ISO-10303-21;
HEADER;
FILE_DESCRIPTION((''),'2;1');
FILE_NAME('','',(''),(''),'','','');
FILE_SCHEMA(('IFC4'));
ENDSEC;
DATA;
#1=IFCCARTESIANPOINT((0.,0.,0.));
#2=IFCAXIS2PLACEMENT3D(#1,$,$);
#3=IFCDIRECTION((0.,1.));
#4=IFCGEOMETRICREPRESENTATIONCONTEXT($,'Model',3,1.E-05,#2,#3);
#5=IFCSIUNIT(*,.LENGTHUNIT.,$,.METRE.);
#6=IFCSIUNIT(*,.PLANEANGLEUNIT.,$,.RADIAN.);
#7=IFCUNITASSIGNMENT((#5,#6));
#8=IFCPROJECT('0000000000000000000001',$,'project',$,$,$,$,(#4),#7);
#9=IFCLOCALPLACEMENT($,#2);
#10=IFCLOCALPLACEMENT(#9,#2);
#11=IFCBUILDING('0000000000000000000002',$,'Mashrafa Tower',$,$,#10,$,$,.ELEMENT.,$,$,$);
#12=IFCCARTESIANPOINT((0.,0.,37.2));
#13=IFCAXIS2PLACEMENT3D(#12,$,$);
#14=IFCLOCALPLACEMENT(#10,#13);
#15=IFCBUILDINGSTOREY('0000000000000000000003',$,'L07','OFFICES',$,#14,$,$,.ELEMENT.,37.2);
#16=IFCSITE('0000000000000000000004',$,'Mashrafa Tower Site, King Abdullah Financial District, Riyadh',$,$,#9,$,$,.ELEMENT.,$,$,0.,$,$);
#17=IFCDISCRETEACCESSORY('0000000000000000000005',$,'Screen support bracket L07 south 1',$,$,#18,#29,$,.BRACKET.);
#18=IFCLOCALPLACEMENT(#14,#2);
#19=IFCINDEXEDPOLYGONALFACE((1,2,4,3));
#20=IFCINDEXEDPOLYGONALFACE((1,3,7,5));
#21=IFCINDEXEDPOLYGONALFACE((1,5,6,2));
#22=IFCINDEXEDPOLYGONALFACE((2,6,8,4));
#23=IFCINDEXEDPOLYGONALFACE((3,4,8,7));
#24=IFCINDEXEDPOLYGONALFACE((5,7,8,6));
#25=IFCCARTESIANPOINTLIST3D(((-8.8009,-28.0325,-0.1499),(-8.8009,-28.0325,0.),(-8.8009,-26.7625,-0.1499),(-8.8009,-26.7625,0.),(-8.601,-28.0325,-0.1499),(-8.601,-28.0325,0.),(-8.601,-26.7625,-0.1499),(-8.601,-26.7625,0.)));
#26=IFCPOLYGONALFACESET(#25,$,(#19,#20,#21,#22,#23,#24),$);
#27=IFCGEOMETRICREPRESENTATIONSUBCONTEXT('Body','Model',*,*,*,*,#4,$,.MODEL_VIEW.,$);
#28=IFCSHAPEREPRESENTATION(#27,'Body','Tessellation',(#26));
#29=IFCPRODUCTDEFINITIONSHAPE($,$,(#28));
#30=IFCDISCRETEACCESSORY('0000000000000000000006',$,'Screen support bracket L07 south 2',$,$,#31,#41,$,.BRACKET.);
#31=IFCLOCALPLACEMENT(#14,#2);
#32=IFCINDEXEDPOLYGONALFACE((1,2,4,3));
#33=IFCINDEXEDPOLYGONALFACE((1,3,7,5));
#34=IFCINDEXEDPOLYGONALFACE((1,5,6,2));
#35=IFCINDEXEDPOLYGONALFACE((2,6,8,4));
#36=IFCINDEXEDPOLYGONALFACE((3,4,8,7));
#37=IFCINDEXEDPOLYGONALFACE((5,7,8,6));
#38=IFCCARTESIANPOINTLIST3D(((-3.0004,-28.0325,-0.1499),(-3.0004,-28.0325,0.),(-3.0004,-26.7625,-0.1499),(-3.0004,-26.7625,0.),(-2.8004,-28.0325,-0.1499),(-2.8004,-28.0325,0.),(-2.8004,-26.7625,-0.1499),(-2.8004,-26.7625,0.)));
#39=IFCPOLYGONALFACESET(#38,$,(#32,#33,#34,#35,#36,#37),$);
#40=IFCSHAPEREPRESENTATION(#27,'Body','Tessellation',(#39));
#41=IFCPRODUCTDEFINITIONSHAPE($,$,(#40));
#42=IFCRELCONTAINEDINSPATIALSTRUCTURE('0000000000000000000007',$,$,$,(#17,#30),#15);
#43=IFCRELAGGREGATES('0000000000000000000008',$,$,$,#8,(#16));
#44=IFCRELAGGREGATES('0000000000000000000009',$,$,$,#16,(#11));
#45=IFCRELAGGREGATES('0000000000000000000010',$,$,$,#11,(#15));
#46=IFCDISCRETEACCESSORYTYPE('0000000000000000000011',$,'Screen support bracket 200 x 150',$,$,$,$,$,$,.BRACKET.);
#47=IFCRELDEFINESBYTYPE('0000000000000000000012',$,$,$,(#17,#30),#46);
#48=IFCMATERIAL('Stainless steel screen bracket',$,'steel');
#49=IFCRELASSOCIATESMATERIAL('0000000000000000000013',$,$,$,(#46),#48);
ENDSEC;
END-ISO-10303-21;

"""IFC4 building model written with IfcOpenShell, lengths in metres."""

from ifc_helpers import new_model, si_unit, direction, frame, origin, origin_2d, place, context, subcontext, project, spatial, rectangle, extrude, source, transform, mapped, material, type_object, type_shapes, element, save


model = new_model("IFC4")

# Units and contexts
model_context = context("Model", 3, precision=1e-05, world=origin(), true_north=direction((0.0, 1.0)))
body_context = subcontext(model_context, "Body", "Model", "MODEL_VIEW")
ifc_project = project(units=[si_unit("LENGTHUNIT", "METRE"), si_unit("PLANEANGLEUNIT", "RADIAN")], contexts=[model_context])

# Site, building, storey
site_placement = place(None, origin())
site = spatial("IfcSite", under=ifc_project, at=site_placement, Name="Mashrafa Tower Site, King Abdullah Financial District, Riyadh", CompositionType="ELEMENT", RefElevation=0.0)
building_placement = place(site_placement, origin())
building = spatial("IfcBuilding", under=site, at=building_placement, Name="Mashrafa Tower", CompositionType="ELEMENT")
storey_placement = place(building_placement, frame((0.0, 0.0, 37.2)))
storey = spatial("IfcBuildingStorey", under=building, at=storey_placement, Name="L07", Description="OFFICES", CompositionType="ELEMENT", Elevation=37.2)

# Discrete accessories
ifc_material_1 = material(Name="Stainless steel screen bracket", Category="steel")
discrete_accessory_type = type_object("IfcDiscreteAccessoryType", Name="Screen support bracket 200 x 150", PredefinedType="BRACKET", material=ifc_material_1)
shared_shape_1 = source(origin(), body_context, "Body", "SweptSolid", [
    extrude(rectangle(XDim=0.2, YDim=1.27, at=origin_2d()), origin(), (0.0, 0.0, 1.0), 0.1499),
])
type_shapes(discrete_accessory_type, [shared_shape_1])
for number, where, z_axis, x_axis, name in (
    (1, (-8.7009, -27.3975, -0.1499), (0.0, 0.0, 1.0), (1.0, 0.0, 0.0), "Screen support bracket L07 south 1"),
    (2, (-2.9004, -27.3975, -0.1499), (0.0, 0.0, 1.0), (1.0, 0.0, 0.0), "Screen support bracket L07 south 2"),
):
    element("IfcDiscreteAccessory", number, at=place(storey_placement, frame(where, z_axis=z_axis, x_axis=x_axis)), inside=storey, type_object=discrete_accessory_type, Name=name, PredefinedType="BRACKET", context=body_context, shape_type="MappedRepresentation", body=[
        mapped(shared_shape_1, transform((0.0, 0.0, 0.0))),
    ])

save(model, "model.ifc")
